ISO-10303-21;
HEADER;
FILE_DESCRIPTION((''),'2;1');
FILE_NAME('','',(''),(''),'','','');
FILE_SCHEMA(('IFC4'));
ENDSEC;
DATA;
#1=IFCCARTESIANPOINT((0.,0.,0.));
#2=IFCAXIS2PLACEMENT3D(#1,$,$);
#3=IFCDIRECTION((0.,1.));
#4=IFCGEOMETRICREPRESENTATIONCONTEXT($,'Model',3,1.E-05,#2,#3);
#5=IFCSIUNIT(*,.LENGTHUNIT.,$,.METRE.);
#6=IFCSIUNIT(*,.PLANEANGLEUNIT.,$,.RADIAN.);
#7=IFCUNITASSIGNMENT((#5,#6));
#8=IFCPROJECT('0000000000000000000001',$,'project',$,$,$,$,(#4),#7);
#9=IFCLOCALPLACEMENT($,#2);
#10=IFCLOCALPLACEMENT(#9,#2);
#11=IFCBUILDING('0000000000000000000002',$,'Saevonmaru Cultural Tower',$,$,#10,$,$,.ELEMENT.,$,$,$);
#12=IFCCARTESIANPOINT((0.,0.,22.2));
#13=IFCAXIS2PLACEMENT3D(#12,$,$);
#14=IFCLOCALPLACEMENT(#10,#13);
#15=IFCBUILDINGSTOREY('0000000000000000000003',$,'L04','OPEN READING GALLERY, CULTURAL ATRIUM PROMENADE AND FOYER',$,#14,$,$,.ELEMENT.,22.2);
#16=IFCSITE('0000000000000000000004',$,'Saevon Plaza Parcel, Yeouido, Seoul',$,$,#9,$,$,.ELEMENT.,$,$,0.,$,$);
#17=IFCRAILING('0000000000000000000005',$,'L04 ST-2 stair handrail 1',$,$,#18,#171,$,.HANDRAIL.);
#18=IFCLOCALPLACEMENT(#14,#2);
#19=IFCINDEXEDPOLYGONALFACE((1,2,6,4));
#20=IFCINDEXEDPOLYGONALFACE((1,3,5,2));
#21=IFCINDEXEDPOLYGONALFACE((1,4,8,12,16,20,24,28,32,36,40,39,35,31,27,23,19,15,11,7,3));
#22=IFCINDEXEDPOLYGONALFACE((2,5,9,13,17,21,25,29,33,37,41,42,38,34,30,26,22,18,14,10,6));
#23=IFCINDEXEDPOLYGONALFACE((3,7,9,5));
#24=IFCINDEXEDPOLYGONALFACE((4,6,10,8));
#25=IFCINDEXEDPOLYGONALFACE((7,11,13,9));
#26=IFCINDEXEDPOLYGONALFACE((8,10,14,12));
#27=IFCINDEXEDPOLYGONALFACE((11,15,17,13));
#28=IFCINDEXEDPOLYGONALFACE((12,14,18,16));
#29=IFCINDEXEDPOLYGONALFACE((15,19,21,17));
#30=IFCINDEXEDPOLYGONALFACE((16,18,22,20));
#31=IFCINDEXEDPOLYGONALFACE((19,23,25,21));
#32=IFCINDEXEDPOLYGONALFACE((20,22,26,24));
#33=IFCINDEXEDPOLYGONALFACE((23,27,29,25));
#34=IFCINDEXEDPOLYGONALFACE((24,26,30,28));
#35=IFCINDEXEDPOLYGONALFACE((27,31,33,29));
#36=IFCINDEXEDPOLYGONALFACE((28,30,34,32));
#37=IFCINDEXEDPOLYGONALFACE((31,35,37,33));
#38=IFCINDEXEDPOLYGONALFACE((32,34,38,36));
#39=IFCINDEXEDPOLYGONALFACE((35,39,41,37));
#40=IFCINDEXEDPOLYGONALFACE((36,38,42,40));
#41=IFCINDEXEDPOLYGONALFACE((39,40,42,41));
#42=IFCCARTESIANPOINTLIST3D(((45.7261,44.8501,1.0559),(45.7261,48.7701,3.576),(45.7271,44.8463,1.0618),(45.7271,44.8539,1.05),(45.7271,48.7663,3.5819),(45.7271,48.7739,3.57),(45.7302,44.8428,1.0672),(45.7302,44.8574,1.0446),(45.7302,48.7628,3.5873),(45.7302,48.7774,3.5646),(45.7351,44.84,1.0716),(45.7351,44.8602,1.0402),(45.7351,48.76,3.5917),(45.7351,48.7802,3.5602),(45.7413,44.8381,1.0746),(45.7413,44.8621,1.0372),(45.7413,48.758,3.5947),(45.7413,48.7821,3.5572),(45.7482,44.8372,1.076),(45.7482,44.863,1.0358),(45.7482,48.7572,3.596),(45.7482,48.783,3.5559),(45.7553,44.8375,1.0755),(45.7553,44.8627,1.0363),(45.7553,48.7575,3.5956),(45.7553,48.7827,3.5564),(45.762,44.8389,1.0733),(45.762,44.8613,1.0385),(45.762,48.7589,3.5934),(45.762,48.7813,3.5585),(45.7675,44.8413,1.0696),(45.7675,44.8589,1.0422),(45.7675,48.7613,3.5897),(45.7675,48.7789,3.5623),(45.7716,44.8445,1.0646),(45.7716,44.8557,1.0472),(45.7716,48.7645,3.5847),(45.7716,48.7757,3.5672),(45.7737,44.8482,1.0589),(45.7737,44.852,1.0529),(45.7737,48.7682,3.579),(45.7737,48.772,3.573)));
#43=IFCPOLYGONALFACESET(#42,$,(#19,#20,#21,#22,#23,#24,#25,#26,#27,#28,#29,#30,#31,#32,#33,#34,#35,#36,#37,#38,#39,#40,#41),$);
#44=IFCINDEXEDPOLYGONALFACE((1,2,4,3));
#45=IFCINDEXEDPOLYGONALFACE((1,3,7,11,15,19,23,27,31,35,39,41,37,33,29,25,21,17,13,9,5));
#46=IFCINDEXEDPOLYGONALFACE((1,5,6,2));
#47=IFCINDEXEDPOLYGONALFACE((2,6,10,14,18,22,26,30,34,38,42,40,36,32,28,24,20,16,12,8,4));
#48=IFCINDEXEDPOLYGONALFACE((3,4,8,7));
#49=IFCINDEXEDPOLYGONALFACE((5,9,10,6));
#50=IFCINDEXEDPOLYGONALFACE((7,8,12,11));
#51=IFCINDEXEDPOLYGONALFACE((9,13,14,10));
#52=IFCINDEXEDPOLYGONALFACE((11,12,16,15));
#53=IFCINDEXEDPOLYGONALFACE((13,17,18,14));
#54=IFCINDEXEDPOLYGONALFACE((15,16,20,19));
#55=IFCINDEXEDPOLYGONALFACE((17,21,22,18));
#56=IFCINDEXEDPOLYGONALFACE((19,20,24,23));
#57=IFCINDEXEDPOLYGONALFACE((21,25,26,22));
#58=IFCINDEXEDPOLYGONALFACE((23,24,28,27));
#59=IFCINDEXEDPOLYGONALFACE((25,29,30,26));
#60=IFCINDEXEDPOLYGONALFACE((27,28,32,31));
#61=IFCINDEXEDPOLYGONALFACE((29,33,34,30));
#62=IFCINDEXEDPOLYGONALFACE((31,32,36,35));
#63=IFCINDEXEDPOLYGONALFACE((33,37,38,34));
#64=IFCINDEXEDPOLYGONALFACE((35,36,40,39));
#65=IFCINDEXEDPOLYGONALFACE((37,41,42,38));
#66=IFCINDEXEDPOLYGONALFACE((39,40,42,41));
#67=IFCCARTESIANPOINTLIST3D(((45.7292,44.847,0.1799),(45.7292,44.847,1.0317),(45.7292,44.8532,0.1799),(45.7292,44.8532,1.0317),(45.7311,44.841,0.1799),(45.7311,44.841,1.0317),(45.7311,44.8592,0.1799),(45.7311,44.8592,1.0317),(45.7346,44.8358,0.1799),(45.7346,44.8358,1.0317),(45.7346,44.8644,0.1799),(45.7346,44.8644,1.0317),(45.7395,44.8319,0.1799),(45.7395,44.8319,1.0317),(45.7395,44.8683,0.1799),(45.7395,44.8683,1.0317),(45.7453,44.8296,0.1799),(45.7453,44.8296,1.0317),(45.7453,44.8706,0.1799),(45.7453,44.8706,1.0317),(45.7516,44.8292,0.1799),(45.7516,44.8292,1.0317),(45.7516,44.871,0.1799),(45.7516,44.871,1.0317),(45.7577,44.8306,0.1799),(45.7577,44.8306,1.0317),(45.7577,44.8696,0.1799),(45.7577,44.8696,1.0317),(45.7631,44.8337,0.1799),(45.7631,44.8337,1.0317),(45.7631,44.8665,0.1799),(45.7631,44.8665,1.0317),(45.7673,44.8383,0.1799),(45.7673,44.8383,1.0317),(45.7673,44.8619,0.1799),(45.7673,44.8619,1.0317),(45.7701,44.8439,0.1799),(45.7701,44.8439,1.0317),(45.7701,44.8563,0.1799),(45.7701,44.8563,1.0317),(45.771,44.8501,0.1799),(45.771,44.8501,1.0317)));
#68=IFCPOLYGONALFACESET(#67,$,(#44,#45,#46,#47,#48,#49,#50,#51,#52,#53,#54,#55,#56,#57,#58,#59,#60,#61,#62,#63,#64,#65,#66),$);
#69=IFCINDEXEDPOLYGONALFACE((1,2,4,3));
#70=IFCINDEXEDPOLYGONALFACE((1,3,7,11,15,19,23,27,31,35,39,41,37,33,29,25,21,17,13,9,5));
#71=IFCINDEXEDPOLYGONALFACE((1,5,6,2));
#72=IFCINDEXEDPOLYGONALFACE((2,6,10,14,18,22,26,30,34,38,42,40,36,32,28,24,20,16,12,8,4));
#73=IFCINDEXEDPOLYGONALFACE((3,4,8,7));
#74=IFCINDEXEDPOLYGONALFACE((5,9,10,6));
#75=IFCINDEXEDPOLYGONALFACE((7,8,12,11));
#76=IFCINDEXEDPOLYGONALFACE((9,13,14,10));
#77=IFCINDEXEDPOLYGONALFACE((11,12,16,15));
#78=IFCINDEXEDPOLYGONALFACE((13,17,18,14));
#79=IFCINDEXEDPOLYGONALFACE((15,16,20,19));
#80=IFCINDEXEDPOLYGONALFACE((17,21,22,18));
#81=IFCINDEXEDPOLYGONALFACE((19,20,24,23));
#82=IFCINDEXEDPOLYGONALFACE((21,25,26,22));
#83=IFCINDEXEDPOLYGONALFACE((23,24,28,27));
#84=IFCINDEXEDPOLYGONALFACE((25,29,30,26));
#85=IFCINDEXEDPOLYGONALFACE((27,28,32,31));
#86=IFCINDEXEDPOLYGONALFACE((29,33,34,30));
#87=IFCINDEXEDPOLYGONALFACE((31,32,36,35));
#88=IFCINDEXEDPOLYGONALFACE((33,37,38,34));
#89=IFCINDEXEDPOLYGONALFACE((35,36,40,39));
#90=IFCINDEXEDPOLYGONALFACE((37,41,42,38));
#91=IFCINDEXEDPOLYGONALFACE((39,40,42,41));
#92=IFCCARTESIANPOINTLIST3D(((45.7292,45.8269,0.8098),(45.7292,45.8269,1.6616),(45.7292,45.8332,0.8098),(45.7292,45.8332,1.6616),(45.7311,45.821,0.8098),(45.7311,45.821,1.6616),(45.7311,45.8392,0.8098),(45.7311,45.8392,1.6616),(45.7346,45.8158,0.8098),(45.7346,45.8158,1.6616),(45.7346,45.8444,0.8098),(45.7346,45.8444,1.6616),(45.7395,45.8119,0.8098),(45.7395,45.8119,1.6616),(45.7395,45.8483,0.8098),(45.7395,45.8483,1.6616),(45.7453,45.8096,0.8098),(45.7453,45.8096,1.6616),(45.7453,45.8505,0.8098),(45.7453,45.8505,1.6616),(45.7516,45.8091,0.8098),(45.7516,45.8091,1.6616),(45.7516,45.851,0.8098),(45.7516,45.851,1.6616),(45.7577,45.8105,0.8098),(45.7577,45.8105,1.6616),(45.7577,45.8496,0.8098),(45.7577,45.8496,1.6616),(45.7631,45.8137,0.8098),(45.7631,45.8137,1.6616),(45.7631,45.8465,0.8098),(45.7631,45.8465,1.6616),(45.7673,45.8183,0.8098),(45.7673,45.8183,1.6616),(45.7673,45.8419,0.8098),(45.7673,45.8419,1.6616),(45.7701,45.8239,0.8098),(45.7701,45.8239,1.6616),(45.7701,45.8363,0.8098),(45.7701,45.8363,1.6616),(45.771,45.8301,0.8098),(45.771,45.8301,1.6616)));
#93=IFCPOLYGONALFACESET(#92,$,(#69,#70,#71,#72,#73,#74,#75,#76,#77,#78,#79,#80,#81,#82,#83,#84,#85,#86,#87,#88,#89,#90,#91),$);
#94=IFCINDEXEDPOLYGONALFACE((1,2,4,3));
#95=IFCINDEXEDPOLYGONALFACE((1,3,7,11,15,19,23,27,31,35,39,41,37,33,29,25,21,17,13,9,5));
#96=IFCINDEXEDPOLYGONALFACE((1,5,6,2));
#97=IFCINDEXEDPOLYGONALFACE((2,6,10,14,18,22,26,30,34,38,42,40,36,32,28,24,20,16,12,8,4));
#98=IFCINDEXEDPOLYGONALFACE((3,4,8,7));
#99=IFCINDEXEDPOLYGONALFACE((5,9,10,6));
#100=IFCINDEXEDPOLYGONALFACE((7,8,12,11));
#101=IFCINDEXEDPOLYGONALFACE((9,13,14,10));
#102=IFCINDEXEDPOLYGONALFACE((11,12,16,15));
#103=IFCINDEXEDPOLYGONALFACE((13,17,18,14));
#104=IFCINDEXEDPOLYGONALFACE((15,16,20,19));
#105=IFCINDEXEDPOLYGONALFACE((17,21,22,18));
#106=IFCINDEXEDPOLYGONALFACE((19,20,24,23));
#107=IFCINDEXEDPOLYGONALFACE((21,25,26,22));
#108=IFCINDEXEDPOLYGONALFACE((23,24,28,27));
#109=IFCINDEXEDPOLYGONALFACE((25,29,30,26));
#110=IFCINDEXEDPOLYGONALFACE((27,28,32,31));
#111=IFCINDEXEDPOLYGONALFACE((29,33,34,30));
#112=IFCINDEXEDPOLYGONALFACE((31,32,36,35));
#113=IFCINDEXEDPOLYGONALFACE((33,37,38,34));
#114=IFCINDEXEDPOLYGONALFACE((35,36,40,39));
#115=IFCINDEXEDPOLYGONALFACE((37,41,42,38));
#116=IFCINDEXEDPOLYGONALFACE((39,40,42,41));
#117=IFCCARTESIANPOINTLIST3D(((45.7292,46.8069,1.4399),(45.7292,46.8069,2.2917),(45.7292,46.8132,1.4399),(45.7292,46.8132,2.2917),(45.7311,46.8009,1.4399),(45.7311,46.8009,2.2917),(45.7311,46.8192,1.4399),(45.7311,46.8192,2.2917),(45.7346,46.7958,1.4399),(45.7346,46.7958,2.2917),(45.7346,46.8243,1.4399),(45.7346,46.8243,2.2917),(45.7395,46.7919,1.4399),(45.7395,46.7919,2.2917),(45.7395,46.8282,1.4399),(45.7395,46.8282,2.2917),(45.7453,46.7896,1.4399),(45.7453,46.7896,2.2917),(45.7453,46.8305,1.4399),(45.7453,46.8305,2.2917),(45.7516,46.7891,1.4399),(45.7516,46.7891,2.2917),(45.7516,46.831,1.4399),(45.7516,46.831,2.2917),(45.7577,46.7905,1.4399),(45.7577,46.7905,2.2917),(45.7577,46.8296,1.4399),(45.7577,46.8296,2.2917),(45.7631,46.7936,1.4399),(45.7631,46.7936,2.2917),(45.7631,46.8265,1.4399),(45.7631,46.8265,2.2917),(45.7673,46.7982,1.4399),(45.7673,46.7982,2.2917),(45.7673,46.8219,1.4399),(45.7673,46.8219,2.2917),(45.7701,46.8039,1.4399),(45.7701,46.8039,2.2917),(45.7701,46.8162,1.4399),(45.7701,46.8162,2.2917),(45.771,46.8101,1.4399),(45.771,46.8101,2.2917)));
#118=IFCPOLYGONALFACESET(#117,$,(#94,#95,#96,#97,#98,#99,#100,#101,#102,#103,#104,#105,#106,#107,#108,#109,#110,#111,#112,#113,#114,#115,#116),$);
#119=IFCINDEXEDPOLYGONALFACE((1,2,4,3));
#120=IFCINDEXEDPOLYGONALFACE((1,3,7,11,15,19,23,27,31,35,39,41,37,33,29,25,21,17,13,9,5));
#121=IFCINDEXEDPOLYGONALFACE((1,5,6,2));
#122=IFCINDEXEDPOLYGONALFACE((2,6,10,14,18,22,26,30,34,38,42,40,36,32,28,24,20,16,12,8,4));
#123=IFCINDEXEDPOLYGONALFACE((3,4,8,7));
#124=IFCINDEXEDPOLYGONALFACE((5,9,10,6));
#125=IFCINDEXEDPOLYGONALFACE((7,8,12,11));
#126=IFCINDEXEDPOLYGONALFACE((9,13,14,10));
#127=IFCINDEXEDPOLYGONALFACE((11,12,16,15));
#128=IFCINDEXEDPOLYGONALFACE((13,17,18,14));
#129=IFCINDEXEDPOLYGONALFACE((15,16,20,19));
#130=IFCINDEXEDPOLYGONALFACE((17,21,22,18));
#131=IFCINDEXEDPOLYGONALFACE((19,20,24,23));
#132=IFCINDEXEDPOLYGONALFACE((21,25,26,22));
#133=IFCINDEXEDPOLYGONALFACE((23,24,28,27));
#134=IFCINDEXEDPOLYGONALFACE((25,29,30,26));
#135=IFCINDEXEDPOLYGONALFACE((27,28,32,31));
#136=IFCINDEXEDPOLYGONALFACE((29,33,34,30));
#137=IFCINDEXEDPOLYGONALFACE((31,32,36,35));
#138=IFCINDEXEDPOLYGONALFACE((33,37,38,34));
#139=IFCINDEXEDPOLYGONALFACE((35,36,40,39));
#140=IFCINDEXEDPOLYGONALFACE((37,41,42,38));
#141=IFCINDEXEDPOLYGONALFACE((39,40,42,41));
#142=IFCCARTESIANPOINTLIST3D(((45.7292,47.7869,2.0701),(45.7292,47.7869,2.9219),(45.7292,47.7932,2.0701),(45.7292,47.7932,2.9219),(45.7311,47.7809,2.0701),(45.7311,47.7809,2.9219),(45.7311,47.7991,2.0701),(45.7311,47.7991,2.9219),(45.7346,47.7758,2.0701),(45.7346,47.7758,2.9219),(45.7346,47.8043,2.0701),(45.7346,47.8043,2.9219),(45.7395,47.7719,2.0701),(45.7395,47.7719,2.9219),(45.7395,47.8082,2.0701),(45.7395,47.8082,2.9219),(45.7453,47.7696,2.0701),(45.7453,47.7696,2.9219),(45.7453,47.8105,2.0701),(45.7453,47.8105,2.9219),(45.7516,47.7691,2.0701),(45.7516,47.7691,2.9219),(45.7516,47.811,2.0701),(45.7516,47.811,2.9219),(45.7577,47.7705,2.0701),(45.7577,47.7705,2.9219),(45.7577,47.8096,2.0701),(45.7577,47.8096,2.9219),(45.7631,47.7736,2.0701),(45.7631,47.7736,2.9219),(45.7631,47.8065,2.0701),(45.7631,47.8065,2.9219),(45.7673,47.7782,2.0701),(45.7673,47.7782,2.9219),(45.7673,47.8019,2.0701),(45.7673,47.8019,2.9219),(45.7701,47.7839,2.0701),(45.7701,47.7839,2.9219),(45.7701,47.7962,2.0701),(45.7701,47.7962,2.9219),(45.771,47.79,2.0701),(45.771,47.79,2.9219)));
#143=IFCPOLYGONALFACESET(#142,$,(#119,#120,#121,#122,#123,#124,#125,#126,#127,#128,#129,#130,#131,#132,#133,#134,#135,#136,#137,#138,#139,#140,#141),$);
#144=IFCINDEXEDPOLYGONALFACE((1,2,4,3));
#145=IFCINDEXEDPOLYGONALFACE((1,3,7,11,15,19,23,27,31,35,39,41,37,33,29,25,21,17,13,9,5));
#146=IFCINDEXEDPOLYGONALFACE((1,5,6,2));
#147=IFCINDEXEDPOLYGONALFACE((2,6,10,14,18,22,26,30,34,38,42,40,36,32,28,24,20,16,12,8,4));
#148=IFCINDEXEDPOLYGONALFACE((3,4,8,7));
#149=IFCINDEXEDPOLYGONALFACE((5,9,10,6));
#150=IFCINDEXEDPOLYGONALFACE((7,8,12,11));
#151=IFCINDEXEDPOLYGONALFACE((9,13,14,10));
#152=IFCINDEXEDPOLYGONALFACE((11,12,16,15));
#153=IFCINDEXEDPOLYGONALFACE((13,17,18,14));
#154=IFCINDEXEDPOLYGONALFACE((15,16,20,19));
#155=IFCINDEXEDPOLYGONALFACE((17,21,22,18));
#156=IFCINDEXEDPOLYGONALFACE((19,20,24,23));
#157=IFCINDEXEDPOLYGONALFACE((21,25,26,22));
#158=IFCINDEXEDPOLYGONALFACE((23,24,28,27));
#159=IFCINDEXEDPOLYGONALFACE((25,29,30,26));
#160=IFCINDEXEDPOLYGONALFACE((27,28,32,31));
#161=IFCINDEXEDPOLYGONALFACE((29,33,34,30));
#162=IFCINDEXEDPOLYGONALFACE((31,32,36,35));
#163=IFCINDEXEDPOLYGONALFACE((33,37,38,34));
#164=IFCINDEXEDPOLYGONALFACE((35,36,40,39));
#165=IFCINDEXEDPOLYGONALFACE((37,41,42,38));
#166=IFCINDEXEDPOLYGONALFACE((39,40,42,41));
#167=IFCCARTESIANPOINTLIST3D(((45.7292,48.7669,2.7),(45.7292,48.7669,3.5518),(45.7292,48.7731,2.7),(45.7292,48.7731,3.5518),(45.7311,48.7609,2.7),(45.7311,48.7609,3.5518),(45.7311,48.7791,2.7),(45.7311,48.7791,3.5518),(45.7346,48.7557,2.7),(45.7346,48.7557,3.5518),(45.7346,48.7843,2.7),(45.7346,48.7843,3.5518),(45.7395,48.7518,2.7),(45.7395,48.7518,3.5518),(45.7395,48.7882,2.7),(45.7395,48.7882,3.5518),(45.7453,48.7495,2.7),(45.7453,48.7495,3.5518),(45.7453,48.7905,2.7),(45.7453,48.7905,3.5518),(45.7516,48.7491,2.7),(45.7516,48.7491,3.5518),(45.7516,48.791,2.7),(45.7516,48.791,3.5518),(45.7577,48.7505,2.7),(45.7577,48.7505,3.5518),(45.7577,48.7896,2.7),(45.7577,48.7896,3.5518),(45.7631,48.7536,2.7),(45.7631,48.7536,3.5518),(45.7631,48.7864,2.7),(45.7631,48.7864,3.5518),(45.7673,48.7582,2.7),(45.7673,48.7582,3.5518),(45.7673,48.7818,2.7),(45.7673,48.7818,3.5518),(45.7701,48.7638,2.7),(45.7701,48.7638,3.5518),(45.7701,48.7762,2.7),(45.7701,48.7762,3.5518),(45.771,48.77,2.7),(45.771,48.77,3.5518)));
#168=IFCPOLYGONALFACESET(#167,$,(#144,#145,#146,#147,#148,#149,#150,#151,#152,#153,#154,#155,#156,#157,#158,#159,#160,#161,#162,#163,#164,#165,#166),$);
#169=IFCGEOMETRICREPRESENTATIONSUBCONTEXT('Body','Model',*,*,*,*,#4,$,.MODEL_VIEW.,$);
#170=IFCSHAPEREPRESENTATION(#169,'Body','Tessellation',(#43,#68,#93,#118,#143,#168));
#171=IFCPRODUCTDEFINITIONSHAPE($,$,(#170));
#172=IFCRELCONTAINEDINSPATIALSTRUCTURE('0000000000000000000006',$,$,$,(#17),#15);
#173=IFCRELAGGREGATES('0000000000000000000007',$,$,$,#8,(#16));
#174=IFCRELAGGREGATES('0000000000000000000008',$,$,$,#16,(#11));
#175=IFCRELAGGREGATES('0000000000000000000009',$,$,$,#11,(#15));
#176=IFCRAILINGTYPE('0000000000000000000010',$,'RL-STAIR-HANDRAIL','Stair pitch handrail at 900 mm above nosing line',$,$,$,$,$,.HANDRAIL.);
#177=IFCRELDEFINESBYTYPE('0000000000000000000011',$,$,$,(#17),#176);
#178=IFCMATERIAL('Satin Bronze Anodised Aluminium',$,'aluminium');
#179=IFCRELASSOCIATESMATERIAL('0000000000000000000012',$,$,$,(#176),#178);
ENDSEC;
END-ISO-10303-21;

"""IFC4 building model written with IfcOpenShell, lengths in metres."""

from ifc_helpers import new_model, si_unit, direction, frame, origin, origin_2d, place, context, subcontext, project, spatial, circle, extrude, material, type_object, element, save


model = new_model("IFC4")

# Units and contexts
model_context = context("Model", 3, precision=1e-05, world=origin(), true_north=direction((0.0, 1.0)))
body_context = subcontext(model_context, "Body", "Model", "MODEL_VIEW")
ifc_project = project(units=[si_unit("LENGTHUNIT", "METRE"), si_unit("PLANEANGLEUNIT", "RADIAN")], contexts=[model_context])

# Site, building, storey
site_placement = place(None, origin())
site = spatial("IfcSite", under=ifc_project, at=site_placement, Name="Saevon Plaza Parcel, Yeouido, Seoul", CompositionType="ELEMENT", RefElevation=0.0)
building_placement = place(site_placement, origin())
building = spatial("IfcBuilding", under=site, at=building_placement, Name="Saevonmaru Cultural Tower", CompositionType="ELEMENT")
storey_placement = place(building_placement, frame((0.0, 0.0, 22.2)))
storey = spatial("IfcBuildingStorey", under=building, at=storey_placement, Name="L04", Description="OPEN READING GALLERY, CULTURAL ATRIUM PROMENADE AND FOYER", CompositionType="ELEMENT", Elevation=22.2)

# Shared definitions
ifc_material_1 = material(Name="Satin Bronze Anodised Aluminium", Category="aluminium")

# Railing
railing_type_1 = type_object("IfcRailingType", Name="RL-STAIR-HANDRAIL", Description="Stair pitch handrail at 900 mm above nosing line", PredefinedType="HANDRAIL", material=ifc_material_1)
railing_1_placement = place(storey_placement, frame((45.75, 44.8501, 0.1799)))
element("IfcRailing", 1, at=railing_1_placement, inside=storey, type_object=railing_type_1, Name="L04 ST-2 stair handrail 1", PredefinedType="HANDRAIL", context=body_context, shape_type="SweptSolid", body=[
    extrude(circle(Radius=0.0239, at=origin_2d()), frame((0.0, 0.0, 0.876), z_axis=(0.0, 0.841172, 0.540768), x_axis=(-1.0, 0.0, 0.0)), (0.0, 0.0, 1.0), 4.6602),
    extrude(circle(Radius=0.021, at=origin_2d()), origin(), (0.0, 0.0, 1.0), 0.8518),
    extrude(circle(Radius=0.021, at=origin_2d()), frame((0.0, 0.98, 0.6299)), (0.0, 0.0, 1.0), 0.8518),
    extrude(circle(Radius=0.021, at=origin_2d()), frame((0.0, 1.96, 1.26)), (0.0, 0.0, 1.0), 0.8518),
    extrude(circle(Radius=0.021, at=origin_2d()), frame((0.0, 2.9399, 1.8901)), (0.0, 0.0, 1.0), 0.8518),
    extrude(circle(Radius=0.021, at=origin_2d()), frame((0.0, 3.9199, 2.52)), (0.0, 0.0, 1.0), 0.8518),
])

save(model, "model.ifc")
